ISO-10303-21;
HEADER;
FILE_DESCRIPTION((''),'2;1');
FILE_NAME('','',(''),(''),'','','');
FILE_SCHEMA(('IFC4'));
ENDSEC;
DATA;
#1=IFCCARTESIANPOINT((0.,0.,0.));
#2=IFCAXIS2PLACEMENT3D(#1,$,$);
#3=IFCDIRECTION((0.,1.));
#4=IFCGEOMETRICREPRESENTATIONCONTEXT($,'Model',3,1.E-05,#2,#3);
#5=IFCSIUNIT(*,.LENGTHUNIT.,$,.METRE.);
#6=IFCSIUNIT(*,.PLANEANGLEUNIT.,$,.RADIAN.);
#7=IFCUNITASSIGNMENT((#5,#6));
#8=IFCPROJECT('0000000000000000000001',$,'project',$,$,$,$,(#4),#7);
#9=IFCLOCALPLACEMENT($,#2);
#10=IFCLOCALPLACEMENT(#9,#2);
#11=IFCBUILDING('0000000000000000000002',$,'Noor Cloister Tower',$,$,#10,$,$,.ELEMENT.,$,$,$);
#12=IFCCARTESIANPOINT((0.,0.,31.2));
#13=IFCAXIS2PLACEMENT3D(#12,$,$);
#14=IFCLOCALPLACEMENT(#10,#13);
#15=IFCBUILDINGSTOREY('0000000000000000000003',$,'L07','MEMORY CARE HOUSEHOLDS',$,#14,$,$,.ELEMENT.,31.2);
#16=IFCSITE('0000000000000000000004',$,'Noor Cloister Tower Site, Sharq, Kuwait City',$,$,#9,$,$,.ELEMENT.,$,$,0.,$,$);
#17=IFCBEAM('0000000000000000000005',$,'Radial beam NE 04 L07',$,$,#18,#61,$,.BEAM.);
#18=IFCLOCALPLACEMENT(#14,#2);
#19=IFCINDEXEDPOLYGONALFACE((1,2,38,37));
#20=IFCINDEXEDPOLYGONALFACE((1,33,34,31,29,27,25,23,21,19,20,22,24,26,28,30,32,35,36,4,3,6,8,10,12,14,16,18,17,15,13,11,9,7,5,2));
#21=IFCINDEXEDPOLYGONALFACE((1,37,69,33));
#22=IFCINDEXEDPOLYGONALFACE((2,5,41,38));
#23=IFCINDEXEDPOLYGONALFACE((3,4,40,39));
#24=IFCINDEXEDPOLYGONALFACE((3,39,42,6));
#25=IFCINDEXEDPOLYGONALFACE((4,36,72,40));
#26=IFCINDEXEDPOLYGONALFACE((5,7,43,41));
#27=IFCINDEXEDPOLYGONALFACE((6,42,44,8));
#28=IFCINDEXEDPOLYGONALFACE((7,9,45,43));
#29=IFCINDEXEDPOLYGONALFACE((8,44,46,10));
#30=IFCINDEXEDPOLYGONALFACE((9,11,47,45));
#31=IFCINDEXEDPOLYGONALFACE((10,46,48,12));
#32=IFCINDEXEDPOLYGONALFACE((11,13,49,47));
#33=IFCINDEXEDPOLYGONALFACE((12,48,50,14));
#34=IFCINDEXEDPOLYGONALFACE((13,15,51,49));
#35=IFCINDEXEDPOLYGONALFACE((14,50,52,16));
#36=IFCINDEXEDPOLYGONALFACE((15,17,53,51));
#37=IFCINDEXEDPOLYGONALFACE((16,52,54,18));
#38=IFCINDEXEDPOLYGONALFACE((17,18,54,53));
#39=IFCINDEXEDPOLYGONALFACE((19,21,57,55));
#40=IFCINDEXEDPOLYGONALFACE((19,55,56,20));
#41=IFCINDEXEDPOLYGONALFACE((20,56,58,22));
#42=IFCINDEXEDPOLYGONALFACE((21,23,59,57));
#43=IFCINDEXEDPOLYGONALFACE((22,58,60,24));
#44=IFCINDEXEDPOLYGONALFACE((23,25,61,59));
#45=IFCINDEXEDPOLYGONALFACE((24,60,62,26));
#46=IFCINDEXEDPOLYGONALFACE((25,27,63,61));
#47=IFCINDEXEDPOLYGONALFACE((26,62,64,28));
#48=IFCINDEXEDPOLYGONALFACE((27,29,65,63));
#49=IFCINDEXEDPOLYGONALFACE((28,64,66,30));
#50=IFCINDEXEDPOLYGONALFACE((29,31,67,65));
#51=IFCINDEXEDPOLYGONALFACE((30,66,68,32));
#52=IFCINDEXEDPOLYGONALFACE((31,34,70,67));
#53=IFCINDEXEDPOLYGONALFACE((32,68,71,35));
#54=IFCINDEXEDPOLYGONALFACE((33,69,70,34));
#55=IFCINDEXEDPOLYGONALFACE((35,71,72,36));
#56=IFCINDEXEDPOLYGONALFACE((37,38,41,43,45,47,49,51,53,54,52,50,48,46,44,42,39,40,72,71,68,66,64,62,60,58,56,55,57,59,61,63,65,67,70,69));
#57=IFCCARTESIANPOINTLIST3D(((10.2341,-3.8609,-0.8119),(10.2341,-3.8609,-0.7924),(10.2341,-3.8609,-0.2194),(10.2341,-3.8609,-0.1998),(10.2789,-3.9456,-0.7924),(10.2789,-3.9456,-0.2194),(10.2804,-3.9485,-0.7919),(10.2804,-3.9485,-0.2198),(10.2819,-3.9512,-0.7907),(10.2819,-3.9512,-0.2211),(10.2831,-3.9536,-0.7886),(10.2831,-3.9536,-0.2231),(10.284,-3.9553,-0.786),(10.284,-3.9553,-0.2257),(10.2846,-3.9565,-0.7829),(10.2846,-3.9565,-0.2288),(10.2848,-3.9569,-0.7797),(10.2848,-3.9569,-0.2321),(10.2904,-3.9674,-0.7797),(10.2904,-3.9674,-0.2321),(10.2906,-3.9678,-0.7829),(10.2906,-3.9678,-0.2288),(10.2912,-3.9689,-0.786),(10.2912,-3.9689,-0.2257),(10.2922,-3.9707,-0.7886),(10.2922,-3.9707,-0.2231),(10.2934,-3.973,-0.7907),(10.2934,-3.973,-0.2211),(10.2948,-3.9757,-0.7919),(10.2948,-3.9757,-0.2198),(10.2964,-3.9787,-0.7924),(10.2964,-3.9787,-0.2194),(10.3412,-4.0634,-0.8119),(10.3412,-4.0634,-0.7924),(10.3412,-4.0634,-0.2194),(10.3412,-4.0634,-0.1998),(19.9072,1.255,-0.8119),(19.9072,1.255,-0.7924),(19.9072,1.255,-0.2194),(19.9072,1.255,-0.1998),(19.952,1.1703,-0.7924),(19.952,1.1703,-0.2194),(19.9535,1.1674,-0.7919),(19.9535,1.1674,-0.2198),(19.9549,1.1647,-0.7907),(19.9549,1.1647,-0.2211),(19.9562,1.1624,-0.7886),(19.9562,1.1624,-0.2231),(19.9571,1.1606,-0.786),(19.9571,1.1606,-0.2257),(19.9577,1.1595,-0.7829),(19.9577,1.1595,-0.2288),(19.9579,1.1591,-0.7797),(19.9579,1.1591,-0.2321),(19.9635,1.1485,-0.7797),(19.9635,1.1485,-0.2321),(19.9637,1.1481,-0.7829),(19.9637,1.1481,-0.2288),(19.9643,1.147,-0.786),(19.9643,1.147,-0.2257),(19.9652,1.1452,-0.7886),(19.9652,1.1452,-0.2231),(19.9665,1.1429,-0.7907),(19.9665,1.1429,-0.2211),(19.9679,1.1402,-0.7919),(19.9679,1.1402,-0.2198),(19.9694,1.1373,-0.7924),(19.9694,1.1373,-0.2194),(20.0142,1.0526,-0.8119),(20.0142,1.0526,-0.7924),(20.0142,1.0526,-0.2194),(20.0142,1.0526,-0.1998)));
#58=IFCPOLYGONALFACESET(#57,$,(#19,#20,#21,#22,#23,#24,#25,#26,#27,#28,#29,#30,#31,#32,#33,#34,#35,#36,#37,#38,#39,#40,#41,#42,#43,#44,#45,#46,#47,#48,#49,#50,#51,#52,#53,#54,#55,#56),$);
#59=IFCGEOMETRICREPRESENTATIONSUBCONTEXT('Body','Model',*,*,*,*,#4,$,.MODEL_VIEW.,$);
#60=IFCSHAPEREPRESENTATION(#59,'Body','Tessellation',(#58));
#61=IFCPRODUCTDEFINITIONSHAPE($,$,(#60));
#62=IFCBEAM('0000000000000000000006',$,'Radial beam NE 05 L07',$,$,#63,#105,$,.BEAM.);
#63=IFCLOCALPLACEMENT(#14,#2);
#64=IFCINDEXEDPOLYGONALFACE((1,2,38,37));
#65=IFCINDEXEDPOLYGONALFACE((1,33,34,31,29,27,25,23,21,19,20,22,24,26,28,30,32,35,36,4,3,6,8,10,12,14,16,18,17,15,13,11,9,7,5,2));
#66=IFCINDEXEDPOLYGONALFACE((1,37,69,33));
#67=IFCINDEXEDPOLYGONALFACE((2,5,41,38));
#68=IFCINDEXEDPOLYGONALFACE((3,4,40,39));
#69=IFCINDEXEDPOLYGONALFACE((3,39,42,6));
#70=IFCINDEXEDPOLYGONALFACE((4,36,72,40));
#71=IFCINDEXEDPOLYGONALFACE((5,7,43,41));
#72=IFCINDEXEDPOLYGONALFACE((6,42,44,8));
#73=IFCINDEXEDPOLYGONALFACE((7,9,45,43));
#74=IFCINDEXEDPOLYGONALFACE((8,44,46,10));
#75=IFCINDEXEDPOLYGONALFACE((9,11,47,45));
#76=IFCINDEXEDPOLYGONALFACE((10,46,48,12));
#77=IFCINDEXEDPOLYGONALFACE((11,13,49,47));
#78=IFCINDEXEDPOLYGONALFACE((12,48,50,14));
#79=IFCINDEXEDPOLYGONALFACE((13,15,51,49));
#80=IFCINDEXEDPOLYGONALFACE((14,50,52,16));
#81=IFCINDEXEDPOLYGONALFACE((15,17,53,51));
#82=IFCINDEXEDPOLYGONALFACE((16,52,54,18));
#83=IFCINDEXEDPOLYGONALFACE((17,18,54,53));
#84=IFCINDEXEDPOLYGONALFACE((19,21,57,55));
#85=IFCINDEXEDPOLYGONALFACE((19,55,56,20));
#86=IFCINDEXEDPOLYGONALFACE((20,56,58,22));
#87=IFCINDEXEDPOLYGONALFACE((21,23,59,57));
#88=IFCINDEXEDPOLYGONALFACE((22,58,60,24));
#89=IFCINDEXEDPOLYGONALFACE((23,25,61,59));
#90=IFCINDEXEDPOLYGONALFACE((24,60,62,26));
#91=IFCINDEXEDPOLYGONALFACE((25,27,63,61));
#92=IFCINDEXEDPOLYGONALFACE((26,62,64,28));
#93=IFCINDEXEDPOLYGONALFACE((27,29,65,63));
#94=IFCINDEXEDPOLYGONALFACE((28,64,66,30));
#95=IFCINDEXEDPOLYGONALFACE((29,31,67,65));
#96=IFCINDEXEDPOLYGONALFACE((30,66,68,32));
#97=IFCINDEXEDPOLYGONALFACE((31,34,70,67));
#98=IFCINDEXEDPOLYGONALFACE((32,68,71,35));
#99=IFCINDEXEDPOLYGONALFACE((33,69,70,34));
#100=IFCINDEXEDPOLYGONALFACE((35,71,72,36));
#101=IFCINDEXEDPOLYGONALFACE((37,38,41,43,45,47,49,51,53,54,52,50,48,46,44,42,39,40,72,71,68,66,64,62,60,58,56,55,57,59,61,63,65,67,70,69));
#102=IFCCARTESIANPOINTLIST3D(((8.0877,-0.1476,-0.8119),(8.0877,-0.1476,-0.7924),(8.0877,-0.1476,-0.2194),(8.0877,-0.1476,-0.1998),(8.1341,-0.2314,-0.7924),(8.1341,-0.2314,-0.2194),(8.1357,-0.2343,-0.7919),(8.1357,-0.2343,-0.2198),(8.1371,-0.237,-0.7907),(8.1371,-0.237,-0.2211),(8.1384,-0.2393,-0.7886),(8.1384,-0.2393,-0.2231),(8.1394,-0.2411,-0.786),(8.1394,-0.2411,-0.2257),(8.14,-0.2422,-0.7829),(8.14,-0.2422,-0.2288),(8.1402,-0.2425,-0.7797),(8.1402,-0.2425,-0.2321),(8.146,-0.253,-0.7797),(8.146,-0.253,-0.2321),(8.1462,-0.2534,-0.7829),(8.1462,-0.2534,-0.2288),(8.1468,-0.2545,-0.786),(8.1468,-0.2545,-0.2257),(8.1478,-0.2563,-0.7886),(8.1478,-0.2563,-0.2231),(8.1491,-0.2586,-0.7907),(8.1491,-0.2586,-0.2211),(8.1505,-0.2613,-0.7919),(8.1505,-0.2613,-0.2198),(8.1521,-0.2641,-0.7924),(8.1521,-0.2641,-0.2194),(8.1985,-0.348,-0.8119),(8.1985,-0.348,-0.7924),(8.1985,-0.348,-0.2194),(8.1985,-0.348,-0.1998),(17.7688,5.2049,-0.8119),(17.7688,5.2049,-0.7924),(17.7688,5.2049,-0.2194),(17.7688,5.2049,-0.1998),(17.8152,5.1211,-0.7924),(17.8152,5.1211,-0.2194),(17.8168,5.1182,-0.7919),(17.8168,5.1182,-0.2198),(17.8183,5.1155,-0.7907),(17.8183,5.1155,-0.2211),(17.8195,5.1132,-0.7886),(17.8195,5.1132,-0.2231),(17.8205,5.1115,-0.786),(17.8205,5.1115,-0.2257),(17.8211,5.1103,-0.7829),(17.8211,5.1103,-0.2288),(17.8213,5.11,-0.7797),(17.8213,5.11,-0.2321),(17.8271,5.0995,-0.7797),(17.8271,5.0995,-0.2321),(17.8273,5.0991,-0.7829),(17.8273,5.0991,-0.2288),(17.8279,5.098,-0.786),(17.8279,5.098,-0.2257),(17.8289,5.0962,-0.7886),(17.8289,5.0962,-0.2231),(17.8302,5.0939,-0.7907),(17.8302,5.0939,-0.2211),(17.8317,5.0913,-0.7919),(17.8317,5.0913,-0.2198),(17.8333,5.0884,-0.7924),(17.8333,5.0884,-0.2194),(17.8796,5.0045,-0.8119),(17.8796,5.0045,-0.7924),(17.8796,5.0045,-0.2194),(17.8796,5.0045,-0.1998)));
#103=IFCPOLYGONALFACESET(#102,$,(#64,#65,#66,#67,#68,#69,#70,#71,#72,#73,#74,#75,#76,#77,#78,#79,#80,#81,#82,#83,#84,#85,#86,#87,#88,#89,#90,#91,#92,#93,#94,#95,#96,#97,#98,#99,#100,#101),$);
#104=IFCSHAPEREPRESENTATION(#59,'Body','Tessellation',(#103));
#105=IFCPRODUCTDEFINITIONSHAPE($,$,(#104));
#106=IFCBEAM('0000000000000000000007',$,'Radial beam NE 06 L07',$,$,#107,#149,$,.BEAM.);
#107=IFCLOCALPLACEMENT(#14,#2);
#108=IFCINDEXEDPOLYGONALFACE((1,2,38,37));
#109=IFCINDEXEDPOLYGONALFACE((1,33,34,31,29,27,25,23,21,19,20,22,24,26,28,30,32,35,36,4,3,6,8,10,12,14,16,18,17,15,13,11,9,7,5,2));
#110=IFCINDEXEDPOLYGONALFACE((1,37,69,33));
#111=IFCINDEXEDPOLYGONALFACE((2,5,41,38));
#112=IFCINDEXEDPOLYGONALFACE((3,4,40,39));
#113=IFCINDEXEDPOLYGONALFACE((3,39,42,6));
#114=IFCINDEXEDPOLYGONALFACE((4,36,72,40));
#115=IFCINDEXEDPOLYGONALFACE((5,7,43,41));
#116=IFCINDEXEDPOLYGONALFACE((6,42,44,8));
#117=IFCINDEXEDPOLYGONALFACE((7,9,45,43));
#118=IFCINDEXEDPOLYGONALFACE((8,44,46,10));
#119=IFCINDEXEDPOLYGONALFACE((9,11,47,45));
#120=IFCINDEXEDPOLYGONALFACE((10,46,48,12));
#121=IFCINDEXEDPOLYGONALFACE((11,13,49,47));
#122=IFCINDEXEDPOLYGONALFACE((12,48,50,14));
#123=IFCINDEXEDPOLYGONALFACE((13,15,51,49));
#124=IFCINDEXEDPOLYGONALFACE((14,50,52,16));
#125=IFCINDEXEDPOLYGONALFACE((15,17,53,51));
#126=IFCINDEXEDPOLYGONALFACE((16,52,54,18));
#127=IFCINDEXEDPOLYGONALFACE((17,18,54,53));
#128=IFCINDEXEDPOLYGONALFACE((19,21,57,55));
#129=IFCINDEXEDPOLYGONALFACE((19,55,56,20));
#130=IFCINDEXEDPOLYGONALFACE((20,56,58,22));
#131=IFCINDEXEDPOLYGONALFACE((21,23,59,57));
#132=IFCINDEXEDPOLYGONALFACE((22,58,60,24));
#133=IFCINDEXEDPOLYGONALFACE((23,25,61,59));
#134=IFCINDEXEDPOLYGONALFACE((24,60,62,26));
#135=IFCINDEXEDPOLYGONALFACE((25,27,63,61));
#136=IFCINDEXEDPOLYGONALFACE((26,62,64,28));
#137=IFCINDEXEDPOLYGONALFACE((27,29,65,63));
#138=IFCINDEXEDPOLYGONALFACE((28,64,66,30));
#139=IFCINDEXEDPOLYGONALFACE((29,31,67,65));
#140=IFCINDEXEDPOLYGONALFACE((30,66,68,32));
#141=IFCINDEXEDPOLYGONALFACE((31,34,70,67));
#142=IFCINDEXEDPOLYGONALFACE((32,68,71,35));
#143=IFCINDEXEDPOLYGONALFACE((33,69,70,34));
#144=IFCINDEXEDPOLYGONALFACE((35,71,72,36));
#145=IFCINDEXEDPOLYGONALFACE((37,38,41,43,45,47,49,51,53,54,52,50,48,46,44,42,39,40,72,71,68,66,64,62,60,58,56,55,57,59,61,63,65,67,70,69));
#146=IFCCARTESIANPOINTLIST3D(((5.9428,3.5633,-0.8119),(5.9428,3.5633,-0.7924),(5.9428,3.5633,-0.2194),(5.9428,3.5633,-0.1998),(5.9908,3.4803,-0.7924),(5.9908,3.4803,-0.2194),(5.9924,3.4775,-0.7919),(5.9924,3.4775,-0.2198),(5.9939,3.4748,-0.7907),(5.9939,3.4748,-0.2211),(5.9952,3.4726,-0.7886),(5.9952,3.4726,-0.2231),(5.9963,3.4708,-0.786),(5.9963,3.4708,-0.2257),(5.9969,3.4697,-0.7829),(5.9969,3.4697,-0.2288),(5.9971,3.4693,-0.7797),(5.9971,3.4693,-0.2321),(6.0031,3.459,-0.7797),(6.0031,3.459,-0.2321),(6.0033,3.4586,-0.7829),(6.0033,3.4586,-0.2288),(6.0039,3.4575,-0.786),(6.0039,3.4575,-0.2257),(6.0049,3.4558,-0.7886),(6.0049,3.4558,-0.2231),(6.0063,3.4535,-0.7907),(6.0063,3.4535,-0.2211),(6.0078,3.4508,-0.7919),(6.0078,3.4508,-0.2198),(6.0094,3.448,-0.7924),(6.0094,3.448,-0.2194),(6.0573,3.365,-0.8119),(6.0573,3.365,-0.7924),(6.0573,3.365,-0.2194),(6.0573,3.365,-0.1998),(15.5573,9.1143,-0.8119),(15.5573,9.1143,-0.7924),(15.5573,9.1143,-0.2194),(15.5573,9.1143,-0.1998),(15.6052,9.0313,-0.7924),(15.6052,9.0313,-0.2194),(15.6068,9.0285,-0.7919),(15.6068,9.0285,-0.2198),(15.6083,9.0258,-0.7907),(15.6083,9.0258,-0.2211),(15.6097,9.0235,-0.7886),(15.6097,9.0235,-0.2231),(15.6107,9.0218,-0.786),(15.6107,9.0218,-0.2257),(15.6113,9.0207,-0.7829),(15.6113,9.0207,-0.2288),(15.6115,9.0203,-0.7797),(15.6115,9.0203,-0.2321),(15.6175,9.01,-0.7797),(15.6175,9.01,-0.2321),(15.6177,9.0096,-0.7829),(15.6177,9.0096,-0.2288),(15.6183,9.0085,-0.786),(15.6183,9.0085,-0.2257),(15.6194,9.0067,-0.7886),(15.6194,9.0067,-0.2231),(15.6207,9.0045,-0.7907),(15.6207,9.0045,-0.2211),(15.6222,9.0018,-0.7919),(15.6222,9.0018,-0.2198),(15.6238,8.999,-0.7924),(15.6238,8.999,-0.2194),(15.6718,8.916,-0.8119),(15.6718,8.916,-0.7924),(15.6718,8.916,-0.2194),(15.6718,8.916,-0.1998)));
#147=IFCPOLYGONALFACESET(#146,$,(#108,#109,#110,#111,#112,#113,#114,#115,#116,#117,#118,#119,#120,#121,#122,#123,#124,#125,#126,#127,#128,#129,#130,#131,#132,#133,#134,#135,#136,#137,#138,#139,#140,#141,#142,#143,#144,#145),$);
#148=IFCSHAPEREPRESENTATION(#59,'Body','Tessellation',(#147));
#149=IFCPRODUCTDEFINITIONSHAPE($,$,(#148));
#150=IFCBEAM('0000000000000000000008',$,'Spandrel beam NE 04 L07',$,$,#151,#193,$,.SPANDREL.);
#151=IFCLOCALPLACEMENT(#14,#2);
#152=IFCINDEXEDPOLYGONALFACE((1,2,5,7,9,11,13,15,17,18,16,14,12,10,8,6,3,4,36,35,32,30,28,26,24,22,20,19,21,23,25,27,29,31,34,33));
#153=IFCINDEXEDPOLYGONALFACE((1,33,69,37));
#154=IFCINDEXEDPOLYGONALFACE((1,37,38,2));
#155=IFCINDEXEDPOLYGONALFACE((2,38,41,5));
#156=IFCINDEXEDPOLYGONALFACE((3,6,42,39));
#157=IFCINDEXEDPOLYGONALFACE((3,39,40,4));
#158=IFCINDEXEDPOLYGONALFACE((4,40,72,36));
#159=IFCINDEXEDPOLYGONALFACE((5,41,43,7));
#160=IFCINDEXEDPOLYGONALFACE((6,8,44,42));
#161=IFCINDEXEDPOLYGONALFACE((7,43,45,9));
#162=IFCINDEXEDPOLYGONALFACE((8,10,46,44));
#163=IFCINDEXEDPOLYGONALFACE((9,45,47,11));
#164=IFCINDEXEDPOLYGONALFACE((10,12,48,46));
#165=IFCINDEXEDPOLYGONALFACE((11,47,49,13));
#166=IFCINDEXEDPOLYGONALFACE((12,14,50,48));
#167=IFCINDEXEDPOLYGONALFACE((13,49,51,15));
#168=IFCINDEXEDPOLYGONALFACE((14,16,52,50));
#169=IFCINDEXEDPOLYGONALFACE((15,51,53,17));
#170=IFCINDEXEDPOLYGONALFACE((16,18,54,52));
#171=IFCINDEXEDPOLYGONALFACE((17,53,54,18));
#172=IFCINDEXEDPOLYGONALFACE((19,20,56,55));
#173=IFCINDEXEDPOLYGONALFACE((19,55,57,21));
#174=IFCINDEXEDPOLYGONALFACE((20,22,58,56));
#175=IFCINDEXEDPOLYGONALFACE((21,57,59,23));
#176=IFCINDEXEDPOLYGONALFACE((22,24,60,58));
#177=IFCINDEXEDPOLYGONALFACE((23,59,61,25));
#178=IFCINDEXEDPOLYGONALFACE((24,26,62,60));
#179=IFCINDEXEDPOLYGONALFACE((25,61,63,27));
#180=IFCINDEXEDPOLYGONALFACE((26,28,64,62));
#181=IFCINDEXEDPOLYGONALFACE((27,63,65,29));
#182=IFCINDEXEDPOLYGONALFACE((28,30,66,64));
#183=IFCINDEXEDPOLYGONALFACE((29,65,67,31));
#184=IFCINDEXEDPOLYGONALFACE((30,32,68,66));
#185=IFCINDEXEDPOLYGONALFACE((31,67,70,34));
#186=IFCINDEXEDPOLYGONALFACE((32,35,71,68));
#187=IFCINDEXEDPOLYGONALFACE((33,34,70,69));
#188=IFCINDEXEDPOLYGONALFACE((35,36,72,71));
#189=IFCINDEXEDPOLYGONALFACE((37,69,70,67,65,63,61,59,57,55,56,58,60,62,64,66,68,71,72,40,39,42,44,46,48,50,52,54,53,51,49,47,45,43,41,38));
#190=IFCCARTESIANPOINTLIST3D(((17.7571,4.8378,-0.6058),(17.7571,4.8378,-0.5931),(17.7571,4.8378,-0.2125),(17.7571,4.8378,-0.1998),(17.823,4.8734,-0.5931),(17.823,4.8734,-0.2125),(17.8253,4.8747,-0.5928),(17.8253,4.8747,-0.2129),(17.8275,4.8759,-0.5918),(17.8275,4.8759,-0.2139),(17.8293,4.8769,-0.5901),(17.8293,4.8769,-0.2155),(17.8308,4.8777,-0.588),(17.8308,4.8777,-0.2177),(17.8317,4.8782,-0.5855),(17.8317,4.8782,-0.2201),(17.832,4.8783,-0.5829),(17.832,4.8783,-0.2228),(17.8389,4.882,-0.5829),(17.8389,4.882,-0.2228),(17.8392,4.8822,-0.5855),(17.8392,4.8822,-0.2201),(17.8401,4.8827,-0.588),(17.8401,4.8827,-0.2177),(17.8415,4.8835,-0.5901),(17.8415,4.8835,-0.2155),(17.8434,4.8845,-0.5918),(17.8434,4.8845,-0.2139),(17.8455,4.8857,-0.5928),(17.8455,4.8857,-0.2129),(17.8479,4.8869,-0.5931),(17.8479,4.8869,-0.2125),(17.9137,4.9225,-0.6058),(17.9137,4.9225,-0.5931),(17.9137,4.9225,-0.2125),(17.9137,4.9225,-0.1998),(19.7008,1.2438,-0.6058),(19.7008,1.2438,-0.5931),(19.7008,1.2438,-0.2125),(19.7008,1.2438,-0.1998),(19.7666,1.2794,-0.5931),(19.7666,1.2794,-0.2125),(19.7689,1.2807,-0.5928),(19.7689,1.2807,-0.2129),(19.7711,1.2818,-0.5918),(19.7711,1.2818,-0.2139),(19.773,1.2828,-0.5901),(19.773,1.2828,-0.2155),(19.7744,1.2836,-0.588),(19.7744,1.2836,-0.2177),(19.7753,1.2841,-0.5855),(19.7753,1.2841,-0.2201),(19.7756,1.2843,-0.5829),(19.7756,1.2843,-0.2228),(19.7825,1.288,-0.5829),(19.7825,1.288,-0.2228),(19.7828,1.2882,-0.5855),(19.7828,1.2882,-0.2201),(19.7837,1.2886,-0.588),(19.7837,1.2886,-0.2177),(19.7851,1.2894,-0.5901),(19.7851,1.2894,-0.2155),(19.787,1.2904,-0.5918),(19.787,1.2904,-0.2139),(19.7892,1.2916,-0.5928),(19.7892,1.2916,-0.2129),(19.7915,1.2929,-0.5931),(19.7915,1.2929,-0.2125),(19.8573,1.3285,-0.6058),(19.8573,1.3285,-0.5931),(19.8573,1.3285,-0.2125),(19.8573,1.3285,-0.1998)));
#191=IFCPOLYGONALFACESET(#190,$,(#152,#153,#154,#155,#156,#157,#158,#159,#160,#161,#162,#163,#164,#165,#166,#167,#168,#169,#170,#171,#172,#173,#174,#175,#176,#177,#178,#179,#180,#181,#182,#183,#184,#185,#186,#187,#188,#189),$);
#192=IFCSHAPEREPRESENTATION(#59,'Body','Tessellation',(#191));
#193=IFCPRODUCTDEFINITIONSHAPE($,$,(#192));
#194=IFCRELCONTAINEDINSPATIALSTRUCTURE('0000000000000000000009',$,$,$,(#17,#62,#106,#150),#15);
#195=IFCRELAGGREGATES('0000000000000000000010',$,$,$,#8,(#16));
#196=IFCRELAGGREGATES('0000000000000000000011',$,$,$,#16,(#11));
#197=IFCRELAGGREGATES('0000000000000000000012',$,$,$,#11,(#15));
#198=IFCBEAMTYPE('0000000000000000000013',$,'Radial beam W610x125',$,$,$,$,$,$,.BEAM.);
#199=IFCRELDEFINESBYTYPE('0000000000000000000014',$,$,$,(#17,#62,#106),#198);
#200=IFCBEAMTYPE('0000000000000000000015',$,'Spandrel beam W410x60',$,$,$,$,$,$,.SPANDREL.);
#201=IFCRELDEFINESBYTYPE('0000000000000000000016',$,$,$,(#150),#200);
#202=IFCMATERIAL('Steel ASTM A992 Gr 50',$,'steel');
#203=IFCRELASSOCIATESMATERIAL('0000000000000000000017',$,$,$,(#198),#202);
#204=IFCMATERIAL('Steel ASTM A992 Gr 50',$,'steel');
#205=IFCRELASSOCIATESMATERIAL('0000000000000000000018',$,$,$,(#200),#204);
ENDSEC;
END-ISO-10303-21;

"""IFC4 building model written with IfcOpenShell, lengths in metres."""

from ifc_helpers import new_model, si_unit, direction, frame, origin, origin_2d, place, context, subcontext, project, spatial, i_section, extrude, material, material_profile, profile_set, type_object, element, save


model = new_model("IFC4")

# Units and contexts
model_context = context("Model", 3, precision=1e-05, world=origin(), true_north=direction((0.0, 1.0)))
body_context = subcontext(model_context, "Body", "Model", "MODEL_VIEW")
ifc_project = project(units=[si_unit("LENGTHUNIT", "METRE"), si_unit("PLANEANGLEUNIT", "RADIAN")], contexts=[model_context])

# Site, building, storey
site_placement = place(None, origin())
site = spatial("IfcSite", under=ifc_project, at=site_placement, Name="Noor Cloister Tower Site, Sharq, Kuwait City", CompositionType="ELEMENT", RefElevation=0.0)
building_placement = place(site_placement, origin())
building = spatial("IfcBuilding", under=site, at=building_placement, Name="Noor Cloister Tower", CompositionType="ELEMENT")
storey_placement = place(building_placement, frame((0.0, 0.0, 31.2)))
storey = spatial("IfcBuildingStorey", under=building, at=storey_placement, Name="L07", Description="MEMORY CARE HOUSEHOLDS", CompositionType="ELEMENT", Elevation=31.2)

# Beams
ifc_material_1 = material(Name="Steel ASTM A992 Gr 50", Category="steel")
ifc_material_profile_1 = material_profile(ifc_material_1, i_section(OverallWidth=0.229, OverallDepth=0.6121, WebThickness=0.012, FlangeThickness=0.0195, FilletRadius=0.0127, at=origin_2d()), Name="W610x125")
ifc_profile_set_1 = profile_set([ifc_material_profile_1], Name="Steel ASTM A992 Gr 50")
beam_type_1 = type_object("IfcBeamType", Name="Radial beam W610x125", PredefinedType="BEAM", material=ifc_profile_set_1)
beam_1_placement = place(storey_placement, frame((19.9607, 1.1538, -0.5059), z_axis=(-0.88398, -0.467525, 0.0), x_axis=(0.467525, -0.88398, 0.0)))
element("IfcBeam", 1, at=beam_1_placement, inside=storey, type_object=beam_type_1, Name="Radial beam NE 04 L07", PredefinedType="BEAM", context=body_context, shape_type="SweptSolid", body=[
    extrude(i_section(OverallWidth=0.229, OverallDepth=0.6121, WebThickness=0.012, FlangeThickness=0.0195, FilletRadius=0.0127, at=origin_2d()), origin(), (0.0, 0.0, 1.0), 10.9426),
])
beam_2_placement = place(storey_placement, frame((17.8242, 5.1047, -0.5059), z_axis=(-0.875149, -0.483854, 0.0), x_axis=(0.483854, -0.875149, 0.0)))
element("IfcBeam", 2, at=beam_2_placement, inside=storey, type_object=beam_type_1, Name="Radial beam NE 05 L07", PredefinedType="BEAM", context=body_context, shape_type="SweptSolid", body=[
    extrude(i_section(OverallWidth=0.229, OverallDepth=0.6121, WebThickness=0.012, FlangeThickness=0.0195, FilletRadius=0.0127, at=origin_2d()), origin(), (0.0, 0.0, 1.0), 11.0623),
])
beam_3_placement = place(storey_placement, frame((15.6145, 9.0151, -0.5059), z_axis=(-0.866022, -0.500006, 0.0), x_axis=(0.500006, -0.866022, 0.0)))
element("IfcBeam", 3, at=beam_3_placement, inside=storey, type_object=beam_type_1, Name="Radial beam NE 06 L07", PredefinedType="BEAM", context=body_context, shape_type="SweptSolid", body=[
    extrude(i_section(OverallWidth=0.229, OverallDepth=0.6121, WebThickness=0.012, FlangeThickness=0.0195, FilletRadius=0.0127, at=origin_2d()), origin(), (0.0, 0.0, 1.0), 11.1018),
])
ifc_material_2 = material(Name="Steel ASTM A992 Gr 50", Category="steel")
ifc_material_profile_2 = material_profile(ifc_material_2, i_section(OverallWidth=0.178, OverallDepth=0.406, WebThickness=0.0078, FlangeThickness=0.0127, FilletRadius=0.0103, at=origin_2d()), Name="W410x60")
ifc_profile_set_2 = profile_set([ifc_material_profile_2], Name="Steel ASTM A992 Gr 50")
beam_type_2 = type_object("IfcBeamType", Name="Spandrel beam W410x60", PredefinedType="SPANDREL", material=ifc_profile_set_2)
beam_4_placement = place(storey_placement, frame((19.7791, 1.2861, -0.4028), z_axis=(-0.475688, 0.879614, 0.0), x_axis=(-0.879614, -0.475688, 0.0)))
element("IfcBeam", 4, at=beam_4_placement, inside=storey, type_object=beam_type_2, Name="Spandrel beam NE 04 L07", PredefinedType="SPANDREL", context=body_context, shape_type="SweptSolid", body=[
    extrude(i_section(OverallWidth=0.178, OverallDepth=0.406, WebThickness=0.0078, FlangeThickness=0.0127, FilletRadius=0.0103, at=origin_2d()), origin(), (0.0, 0.0, 1.0), 4.0859),
])

save(model, "model.ifc")
